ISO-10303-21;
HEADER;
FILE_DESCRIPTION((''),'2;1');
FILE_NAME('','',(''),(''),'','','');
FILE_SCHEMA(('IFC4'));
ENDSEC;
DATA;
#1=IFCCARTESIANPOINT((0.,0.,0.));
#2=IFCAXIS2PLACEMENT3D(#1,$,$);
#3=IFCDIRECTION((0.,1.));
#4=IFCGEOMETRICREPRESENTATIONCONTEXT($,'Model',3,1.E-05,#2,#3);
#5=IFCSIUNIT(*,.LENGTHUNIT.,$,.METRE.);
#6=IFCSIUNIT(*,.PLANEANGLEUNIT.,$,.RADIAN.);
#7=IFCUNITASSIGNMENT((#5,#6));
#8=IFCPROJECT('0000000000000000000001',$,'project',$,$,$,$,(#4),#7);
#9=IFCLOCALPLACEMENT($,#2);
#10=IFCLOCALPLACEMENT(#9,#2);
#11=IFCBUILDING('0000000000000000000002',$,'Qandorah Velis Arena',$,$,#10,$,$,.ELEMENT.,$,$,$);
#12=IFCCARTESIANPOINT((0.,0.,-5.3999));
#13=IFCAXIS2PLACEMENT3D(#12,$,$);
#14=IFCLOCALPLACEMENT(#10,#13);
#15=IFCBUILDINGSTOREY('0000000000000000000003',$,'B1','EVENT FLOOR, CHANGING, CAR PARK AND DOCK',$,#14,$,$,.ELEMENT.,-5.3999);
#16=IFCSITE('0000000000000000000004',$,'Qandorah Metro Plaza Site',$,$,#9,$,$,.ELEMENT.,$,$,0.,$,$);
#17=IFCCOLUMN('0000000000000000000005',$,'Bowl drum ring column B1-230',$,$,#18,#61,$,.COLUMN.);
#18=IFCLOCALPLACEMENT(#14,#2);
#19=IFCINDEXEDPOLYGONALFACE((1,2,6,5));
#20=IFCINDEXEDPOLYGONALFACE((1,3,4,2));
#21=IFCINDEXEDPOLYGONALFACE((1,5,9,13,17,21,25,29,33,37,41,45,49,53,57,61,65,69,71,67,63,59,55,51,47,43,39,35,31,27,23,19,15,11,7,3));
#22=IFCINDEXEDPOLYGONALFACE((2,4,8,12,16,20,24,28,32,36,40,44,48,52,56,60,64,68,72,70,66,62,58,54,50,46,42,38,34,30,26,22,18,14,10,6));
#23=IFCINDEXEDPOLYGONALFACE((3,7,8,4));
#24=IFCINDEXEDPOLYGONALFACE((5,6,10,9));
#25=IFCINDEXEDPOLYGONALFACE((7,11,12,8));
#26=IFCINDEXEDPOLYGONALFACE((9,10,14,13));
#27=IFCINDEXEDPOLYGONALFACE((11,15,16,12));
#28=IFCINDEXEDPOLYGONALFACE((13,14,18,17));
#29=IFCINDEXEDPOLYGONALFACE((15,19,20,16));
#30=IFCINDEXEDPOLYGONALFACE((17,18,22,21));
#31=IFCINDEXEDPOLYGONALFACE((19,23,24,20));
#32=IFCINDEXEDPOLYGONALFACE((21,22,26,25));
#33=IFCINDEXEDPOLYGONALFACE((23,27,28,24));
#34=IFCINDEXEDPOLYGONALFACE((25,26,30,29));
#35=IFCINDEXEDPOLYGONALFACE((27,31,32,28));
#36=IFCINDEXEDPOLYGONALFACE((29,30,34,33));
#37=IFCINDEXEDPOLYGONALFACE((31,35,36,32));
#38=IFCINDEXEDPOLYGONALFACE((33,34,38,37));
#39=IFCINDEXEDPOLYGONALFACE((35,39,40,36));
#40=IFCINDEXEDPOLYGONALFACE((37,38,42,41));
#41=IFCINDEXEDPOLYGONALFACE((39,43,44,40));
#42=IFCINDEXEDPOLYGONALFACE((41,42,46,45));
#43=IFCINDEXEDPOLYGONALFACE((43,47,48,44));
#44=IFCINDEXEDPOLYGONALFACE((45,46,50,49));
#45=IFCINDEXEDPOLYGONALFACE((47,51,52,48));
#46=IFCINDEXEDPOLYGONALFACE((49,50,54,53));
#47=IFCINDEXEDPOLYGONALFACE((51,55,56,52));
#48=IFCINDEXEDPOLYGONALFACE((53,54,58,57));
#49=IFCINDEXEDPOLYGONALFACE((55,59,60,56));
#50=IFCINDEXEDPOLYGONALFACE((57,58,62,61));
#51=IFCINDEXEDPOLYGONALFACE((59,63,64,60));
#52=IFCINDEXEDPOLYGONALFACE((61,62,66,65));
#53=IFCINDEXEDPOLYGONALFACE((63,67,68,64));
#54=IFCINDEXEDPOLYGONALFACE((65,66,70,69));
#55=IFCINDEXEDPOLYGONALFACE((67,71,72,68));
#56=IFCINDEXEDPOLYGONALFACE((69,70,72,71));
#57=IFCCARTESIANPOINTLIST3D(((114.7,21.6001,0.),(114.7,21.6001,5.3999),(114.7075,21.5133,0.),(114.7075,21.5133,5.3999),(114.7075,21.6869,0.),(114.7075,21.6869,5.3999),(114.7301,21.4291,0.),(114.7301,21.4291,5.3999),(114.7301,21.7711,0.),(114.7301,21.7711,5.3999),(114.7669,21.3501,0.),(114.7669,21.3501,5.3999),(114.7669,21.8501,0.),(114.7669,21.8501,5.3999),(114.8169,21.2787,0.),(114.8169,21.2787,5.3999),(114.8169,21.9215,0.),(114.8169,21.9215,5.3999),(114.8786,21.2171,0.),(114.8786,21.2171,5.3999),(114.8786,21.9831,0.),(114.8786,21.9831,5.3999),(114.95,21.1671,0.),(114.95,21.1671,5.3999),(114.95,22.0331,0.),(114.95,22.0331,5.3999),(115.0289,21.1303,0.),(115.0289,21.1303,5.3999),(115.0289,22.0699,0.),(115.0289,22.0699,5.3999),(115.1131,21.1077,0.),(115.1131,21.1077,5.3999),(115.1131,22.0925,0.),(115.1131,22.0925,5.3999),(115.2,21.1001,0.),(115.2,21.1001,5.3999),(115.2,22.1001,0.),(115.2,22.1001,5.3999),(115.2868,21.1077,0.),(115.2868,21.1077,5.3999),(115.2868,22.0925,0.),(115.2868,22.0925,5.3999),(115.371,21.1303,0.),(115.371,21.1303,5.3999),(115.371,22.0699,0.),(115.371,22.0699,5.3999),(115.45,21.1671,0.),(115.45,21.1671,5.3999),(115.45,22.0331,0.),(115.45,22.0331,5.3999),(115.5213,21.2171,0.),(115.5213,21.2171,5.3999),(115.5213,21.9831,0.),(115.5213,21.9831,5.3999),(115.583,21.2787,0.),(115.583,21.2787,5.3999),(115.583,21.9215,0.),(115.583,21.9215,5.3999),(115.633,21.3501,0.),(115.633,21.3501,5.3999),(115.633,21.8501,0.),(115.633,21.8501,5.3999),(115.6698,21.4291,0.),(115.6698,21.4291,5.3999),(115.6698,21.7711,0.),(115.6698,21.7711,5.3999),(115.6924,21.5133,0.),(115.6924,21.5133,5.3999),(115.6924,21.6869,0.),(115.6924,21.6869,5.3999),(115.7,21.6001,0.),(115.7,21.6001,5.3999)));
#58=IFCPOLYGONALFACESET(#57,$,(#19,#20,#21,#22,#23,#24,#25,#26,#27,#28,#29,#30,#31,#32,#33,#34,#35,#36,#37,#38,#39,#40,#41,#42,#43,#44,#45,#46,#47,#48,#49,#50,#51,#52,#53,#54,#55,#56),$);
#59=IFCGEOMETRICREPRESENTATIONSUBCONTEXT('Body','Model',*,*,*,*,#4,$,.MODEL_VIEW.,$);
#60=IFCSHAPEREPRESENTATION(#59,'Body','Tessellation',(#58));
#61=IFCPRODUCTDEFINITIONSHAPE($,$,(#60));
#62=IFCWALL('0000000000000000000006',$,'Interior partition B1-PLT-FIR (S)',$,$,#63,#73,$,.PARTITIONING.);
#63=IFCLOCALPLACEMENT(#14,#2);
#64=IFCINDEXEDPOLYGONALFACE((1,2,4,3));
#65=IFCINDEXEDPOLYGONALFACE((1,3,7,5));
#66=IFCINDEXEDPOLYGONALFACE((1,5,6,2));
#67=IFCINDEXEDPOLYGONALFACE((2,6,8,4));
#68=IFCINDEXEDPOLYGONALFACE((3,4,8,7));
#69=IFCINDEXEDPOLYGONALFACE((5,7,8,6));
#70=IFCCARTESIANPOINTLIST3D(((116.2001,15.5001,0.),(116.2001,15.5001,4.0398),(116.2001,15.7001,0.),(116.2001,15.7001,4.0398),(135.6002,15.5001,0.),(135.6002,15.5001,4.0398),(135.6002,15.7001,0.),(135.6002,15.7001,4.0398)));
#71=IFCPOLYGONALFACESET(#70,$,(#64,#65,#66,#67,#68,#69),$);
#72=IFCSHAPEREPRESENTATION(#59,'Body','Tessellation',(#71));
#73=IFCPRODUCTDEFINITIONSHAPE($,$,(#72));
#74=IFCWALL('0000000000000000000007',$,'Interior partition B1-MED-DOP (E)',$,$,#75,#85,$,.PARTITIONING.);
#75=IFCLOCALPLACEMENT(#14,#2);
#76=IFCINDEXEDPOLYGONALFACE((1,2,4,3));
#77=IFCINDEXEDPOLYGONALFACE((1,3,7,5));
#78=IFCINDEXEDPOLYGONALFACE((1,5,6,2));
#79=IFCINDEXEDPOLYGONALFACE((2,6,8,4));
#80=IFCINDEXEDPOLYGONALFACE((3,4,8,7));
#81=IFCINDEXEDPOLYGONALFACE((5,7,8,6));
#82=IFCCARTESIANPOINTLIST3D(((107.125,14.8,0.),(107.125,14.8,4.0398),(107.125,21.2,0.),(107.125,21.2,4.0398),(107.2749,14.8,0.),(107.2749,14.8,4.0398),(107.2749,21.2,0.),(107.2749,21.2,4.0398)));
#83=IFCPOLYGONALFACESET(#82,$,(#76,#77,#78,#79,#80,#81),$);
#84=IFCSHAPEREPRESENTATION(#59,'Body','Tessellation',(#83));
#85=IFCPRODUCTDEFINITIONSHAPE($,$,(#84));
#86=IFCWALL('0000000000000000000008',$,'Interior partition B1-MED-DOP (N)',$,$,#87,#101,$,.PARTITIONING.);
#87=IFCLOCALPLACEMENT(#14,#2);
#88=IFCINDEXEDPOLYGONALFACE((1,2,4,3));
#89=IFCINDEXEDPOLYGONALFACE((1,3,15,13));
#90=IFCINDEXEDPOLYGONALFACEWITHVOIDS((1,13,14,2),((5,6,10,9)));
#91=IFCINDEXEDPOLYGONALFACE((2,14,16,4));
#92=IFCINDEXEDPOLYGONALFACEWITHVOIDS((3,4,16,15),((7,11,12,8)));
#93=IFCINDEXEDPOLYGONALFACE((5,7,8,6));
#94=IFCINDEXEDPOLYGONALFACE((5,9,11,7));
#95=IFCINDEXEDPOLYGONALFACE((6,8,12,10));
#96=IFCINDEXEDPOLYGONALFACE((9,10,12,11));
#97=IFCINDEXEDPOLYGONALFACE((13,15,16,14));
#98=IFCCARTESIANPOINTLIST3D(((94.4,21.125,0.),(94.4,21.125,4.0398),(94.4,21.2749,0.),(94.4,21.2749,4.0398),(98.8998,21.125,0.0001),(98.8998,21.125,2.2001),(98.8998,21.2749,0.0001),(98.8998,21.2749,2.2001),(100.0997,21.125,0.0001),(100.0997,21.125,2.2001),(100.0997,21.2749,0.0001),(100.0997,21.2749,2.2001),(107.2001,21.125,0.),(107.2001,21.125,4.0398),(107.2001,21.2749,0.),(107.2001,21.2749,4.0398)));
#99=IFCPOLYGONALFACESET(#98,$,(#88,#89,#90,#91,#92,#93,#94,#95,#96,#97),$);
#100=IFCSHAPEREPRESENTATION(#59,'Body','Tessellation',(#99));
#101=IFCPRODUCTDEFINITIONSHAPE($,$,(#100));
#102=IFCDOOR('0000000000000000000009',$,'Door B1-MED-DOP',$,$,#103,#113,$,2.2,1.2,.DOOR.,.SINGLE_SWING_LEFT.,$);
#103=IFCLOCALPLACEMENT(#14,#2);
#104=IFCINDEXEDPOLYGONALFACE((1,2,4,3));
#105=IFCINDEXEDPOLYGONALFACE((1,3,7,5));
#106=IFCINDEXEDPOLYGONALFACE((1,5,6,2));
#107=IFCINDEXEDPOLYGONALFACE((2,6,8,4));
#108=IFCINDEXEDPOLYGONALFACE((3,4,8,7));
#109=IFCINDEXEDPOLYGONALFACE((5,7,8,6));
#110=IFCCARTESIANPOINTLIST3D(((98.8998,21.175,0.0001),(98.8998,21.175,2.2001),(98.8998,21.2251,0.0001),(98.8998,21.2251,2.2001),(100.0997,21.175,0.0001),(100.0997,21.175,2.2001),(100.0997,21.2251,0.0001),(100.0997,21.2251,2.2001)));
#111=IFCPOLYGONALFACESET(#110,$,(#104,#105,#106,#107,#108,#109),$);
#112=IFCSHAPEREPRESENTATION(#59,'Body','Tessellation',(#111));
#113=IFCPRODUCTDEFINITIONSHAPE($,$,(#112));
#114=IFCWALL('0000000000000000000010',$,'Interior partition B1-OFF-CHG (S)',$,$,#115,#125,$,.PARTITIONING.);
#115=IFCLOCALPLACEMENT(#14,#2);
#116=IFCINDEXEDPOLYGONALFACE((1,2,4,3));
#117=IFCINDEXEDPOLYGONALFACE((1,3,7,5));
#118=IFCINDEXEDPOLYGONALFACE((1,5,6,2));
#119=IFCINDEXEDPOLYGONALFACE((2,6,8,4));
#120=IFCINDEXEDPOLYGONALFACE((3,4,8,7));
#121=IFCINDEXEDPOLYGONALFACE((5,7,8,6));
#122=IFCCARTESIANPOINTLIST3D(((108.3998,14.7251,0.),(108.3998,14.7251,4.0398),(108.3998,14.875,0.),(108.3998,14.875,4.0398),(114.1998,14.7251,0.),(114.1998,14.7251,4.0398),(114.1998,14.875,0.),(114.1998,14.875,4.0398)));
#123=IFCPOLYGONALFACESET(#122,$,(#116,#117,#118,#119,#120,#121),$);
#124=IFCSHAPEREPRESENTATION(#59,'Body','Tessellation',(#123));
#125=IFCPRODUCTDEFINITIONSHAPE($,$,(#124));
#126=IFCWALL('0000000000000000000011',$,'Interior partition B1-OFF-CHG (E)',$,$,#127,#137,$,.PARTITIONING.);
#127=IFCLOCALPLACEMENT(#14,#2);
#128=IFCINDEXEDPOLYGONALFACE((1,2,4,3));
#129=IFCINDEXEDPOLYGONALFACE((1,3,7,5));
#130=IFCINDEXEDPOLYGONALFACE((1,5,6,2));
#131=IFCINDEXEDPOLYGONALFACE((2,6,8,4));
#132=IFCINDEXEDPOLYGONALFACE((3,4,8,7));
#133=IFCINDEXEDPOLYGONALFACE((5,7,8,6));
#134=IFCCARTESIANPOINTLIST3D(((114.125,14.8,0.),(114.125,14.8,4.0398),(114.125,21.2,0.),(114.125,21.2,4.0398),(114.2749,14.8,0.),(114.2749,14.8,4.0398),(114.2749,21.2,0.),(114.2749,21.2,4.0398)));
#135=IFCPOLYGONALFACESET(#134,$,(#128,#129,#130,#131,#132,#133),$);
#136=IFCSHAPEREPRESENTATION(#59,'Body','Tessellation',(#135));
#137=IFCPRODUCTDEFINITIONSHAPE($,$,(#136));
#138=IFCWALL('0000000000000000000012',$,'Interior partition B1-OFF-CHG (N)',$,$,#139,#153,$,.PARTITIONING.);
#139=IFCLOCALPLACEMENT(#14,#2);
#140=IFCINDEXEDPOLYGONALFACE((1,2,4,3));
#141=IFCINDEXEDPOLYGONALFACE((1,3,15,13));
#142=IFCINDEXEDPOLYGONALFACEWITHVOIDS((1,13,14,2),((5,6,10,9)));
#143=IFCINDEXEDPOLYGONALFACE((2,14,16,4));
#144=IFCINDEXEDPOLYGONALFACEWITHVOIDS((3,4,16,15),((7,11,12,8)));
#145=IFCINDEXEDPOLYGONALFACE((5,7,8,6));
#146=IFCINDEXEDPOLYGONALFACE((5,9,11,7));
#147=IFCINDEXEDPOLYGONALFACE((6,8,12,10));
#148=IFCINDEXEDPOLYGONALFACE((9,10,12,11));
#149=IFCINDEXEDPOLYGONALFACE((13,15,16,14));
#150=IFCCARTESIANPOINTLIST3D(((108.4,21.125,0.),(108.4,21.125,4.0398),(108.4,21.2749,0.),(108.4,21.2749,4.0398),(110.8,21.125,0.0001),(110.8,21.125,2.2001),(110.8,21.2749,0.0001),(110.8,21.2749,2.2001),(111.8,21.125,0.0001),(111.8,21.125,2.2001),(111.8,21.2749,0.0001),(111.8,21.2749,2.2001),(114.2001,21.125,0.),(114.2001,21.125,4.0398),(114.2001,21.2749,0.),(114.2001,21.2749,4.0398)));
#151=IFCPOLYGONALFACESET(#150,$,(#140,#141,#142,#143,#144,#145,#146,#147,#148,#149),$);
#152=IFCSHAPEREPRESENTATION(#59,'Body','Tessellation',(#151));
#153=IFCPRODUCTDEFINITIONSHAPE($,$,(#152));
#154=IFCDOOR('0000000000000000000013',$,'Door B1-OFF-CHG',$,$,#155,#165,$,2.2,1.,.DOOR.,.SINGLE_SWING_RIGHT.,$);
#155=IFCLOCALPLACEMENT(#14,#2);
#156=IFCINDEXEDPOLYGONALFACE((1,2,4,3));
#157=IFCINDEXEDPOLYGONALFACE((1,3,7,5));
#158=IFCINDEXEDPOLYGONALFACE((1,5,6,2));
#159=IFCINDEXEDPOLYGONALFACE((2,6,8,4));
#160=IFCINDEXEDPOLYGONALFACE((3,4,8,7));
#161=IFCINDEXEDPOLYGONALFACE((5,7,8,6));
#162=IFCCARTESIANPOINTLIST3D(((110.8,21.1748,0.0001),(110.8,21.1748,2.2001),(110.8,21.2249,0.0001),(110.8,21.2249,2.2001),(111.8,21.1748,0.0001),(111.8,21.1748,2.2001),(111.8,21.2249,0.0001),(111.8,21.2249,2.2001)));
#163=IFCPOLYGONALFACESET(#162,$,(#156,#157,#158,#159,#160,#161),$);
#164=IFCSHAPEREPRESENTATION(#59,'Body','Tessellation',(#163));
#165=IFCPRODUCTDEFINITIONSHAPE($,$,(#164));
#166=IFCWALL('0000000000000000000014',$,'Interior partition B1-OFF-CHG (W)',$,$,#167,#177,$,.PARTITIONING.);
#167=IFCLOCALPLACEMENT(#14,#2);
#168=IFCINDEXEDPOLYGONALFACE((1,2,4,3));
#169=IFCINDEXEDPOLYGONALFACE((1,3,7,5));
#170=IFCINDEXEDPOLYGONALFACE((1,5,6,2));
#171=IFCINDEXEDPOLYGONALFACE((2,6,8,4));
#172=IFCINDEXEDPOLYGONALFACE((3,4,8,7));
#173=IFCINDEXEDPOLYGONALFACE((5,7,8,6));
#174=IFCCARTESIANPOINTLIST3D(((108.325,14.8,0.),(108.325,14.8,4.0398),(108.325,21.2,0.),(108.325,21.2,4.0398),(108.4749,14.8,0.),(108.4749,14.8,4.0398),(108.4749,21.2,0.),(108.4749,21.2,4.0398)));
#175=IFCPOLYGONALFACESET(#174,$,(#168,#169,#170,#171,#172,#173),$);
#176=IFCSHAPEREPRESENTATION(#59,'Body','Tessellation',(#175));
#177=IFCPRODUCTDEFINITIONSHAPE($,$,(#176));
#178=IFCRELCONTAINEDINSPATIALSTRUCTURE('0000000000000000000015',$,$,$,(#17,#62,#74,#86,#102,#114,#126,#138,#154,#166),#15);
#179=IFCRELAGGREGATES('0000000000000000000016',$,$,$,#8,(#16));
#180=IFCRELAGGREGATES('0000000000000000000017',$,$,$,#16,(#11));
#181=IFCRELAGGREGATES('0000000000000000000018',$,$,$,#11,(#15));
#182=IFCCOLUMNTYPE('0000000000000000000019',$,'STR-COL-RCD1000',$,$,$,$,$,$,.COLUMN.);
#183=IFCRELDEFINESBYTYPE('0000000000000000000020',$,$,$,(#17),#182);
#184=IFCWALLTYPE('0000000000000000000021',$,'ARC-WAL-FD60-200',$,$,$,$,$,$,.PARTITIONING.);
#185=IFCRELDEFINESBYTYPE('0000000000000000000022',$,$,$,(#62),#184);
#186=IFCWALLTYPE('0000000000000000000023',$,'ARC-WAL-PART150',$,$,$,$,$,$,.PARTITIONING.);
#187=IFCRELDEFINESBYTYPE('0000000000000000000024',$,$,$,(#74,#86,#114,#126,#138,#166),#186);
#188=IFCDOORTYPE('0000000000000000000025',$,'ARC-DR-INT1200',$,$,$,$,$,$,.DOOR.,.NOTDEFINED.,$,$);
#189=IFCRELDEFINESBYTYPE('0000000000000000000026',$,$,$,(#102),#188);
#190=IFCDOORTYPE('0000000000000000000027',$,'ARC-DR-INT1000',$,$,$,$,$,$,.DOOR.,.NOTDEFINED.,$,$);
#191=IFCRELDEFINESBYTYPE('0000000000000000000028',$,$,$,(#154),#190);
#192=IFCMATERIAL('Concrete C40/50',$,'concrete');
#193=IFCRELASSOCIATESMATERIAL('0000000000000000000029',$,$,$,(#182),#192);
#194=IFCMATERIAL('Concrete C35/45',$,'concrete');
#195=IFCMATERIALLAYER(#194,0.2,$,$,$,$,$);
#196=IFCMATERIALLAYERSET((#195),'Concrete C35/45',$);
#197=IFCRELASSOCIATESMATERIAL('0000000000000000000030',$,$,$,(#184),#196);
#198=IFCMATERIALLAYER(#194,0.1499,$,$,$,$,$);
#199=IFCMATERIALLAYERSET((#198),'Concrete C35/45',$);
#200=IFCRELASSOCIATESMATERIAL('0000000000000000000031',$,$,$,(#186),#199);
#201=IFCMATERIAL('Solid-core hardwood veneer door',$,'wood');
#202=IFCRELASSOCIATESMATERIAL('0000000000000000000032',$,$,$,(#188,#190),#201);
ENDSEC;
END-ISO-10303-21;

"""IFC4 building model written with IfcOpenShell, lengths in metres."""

from ifc_helpers import new_model, si_unit, direction, frame, frame_2d, origin, origin_2d, place, context, subcontext, project, spatial, rectangle, circle, extrude, material, layer, layer_set, material_profile, profile_set, type_object, element, fill, save


model = new_model("IFC4")

# Units and contexts
model_context = context("Model", 3, precision=1e-05, world=origin(), true_north=direction((0.0, 1.0)))
body_context = subcontext(model_context, "Body", "Model", "MODEL_VIEW")
ifc_project = project(units=[si_unit("LENGTHUNIT", "METRE"), si_unit("PLANEANGLEUNIT", "RADIAN")], contexts=[model_context])

# Site, building, storey
site_placement = place(None, origin())
site = spatial("IfcSite", under=ifc_project, at=site_placement, Name="Qandorah Metro Plaza Site", CompositionType="ELEMENT", RefElevation=0.0)
building_placement = place(site_placement, origin())
building = spatial("IfcBuilding", under=site, at=building_placement, Name="Qandorah Velis Arena", CompositionType="ELEMENT")
storey_placement = place(building_placement, frame((0.0, 0.0, -5.3999)))
storey = spatial("IfcBuildingStorey", under=building, at=storey_placement, Name="B1", Description="EVENT FLOOR, CHANGING, CAR PARK AND DOCK", CompositionType="ELEMENT", Elevation=-5.3999)

# Shared definitions
ifc_material_1 = material(Name="Concrete C40/50", Category="concrete")

# Column
ifc_material_profile_1 = material_profile(ifc_material_1, circle(Radius=0.5, at=origin_2d()), Name="RC D1000")
ifc_profile_set_1 = profile_set([ifc_material_profile_1], Name="Concrete C40/50")
column_type_1 = type_object("IfcColumnType", Name="STR-COL-RCD1000", PredefinedType="COLUMN", material=ifc_profile_set_1)
for number, where, z_axis, x_axis, name in (
    (1, (115.2, 21.6001, 0.0), (0.0, 0.0, 1.0), (1.0, 0.0, 0.0), "Bowl drum ring column B1-230"),
):
    element("IfcColumn", number, at=place(storey_placement, frame(where, z_axis=z_axis, x_axis=x_axis)), inside=storey, type_object=column_type_1, Name=name, PredefinedType="COLUMN", context=body_context, shape_type="SweptSolid", body=[
        extrude(circle(Radius=0.5, at=origin_2d()), origin(), (0.0, 0.0, 1.0), 5.3999),
    ])

# Walls
ifc_material_2 = material(Name="Concrete C35/45", Category="concrete")
ifc_layer_1 = layer(ifc_material_2, 0.2)
ifc_layer_set_1 = layer_set([ifc_layer_1], Name="Concrete C35/45")
wall_type_1 = type_object("IfcWallType", Name="ARC-WAL-FD60-200", PredefinedType="PARTITIONING", material=ifc_layer_set_1)
wall_1_placement = place(storey_placement, frame((116.2, 15.6001, 0.0), z_axis=(0.0, 0.0, 1.0), x_axis=(1.0, 0.0, 0.0)))
element("IfcWall", 2, at=wall_1_placement, inside=storey, type_object=wall_type_1, Name="Interior partition B1-PLT-FIR (S)", PredefinedType="PARTITIONING", context=body_context, shape_type="SweptSolid", body=[
    extrude(rectangle(XDim=19.4001, YDim=0.2, at=frame_2d((9.7002, 0.0))), origin(), (0.0, 0.0, 1.0), 4.0398),
])
ifc_layer_2 = layer(ifc_material_2, 0.1499)
ifc_layer_set_2 = layer_set([ifc_layer_2], Name="Concrete C35/45")
wall_type_2 = type_object("IfcWallType", Name="ARC-WAL-PART150", PredefinedType="PARTITIONING", material=ifc_layer_set_2)
wall_2_placement = place(storey_placement, frame((107.2, 14.8, 0.0), z_axis=(0.0, 0.0, 1.0), x_axis=(0.0, 1.0, 0.0)))
element("IfcWall", 3, at=wall_2_placement, inside=storey, type_object=wall_type_2, Name="Interior partition B1-MED-DOP (E)", PredefinedType="PARTITIONING", context=body_context, shape_type="SweptSolid", body=[
    extrude(rectangle(XDim=6.3999, YDim=0.1499, at=frame_2d((3.2, 0.0))), origin(), (0.0, 0.0, 1.0), 4.0398),
])

# Wall, opening, door
wall_3_placement = place(storey_placement, frame((107.2, 21.2, 0.0), z_axis=(0.0, 0.0, 1.0), x_axis=(-1.0, 0.0, 0.0)))
wall_3 = element("IfcWall", 4, at=wall_3_placement, inside=storey, type_object=wall_type_2, Name="Interior partition B1-MED-DOP (N)", PredefinedType="PARTITIONING", context=body_context, shape_type="SweptSolid", body=[
    extrude(rectangle(XDim=12.8, YDim=0.1499, at=frame_2d((6.3999, 0.0))), origin(), (0.0, 0.0, 1.0), 4.0398),
])
opening_1_placement = place(wall_3_placement, frame((7.1001, 0.0, 0.0)))
opening_1 = element("IfcOpeningElement", 5, at=opening_1_placement, cuts=wall_3, PredefinedType="OPENING", context=body_context, shape_type="SweptSolid", body=[
    extrude(rectangle(XDim=1.2, YDim=2.2, at=frame_2d((0.6001, 1.1001))), frame((0.0, 0.085, 0.0), z_axis=(0.0, -1.0, 0.0), x_axis=(1.0, 0.0, 0.0)), (0.0, 0.0, 1.0), 0.1699),
])
ifc_material_3 = material(Name="Solid-core hardwood veneer door", Category="wood")
door_type_1 = type_object("IfcDoorType", Name="ARC-DR-INT1200", OperationType="NOTDEFINED", PredefinedType="DOOR", material=ifc_material_3)
door_1_placement = place(opening_1_placement, origin())
door_1 = element("IfcDoor", 6, at=door_1_placement, inside=storey, type_object=door_type_1, Name="Door B1-MED-DOP", OperationType="SINGLE_SWING_LEFT", OverallHeight=2.2, OverallWidth=1.2, PredefinedType="DOOR", context=body_context, shape_type="SweptSolid", body=[
    extrude(rectangle(XDim=1.2, YDim=2.2, at=frame_2d((0.6001, 1.1001))), frame((0.0, 0.0249, 0.0), z_axis=(0.0, -1.0, 0.0), x_axis=(1.0, 0.0, 0.0)), (0.0, 0.0, 1.0), 0.05),
])
fill(opening_1, door_1)

# Walls
wall_4_placement = place(storey_placement, frame((108.3999, 14.8, 0.0), z_axis=(0.0, 0.0, 1.0), x_axis=(1.0, 0.0, 0.0)))
element("IfcWall", 7, at=wall_4_placement, inside=storey, type_object=wall_type_2, Name="Interior partition B1-OFF-CHG (S)", PredefinedType="PARTITIONING", context=body_context, shape_type="SweptSolid", body=[
    extrude(rectangle(XDim=5.8, YDim=0.1499, at=frame_2d((2.8999, 0.0))), origin(), (0.0, 0.0, 1.0), 4.0398),
])
wall_5_placement = place(storey_placement, frame((114.2, 14.8, 0.0), z_axis=(0.0, 0.0, 1.0), x_axis=(0.0, 1.0, 0.0)))
element("IfcWall", 8, at=wall_5_placement, inside=storey, type_object=wall_type_2, Name="Interior partition B1-OFF-CHG (E)", PredefinedType="PARTITIONING", context=body_context, shape_type="SweptSolid", body=[
    extrude(rectangle(XDim=6.3999, YDim=0.1499, at=frame_2d((3.2, 0.0))), origin(), (0.0, 0.0, 1.0), 4.0398),
])

# Wall, opening, door
wall_6_placement = place(storey_placement, frame((114.2, 21.2, 0.0), z_axis=(0.0, 0.0, 1.0), x_axis=(-1.0, 0.0, 0.0)))
wall_6 = element("IfcWall", 9, at=wall_6_placement, inside=storey, type_object=wall_type_2, Name="Interior partition B1-OFF-CHG (N)", PredefinedType="PARTITIONING", context=body_context, shape_type="SweptSolid", body=[
    extrude(rectangle(XDim=5.8, YDim=0.1499, at=frame_2d((2.8999, 0.0))), origin(), (0.0, 0.0, 1.0), 4.0398),
])
opening_2_placement = place(wall_6_placement, frame((2.3999, 0.0, 0.0)))
opening_2 = element("IfcOpeningElement", 10, at=opening_2_placement, cuts=wall_6, PredefinedType="OPENING", context=body_context, shape_type="SweptSolid", body=[
    extrude(rectangle(XDim=1.0, YDim=2.2, at=frame_2d((0.5, 1.1001))), frame((0.0, 0.085, 0.0), z_axis=(0.0, -1.0, 0.0), x_axis=(1.0, 0.0, 0.0)), (0.0, 0.0, 1.0), 0.1699),
])
door_type_2 = type_object("IfcDoorType", Name="ARC-DR-INT1000", OperationType="NOTDEFINED", PredefinedType="DOOR", material=ifc_material_3)
door_2_placement = place(opening_2_placement, frame((1.0, 0.0, 0.0), z_axis=(0.0, 0.0, 1.0), x_axis=(-1.0, 0.0, 0.0)))
door_2 = element("IfcDoor", 11, at=door_2_placement, inside=storey, type_object=door_type_2, Name="Door B1-OFF-CHG", OperationType="SINGLE_SWING_RIGHT", OverallHeight=2.2, OverallWidth=1.0, PredefinedType="DOOR", context=body_context, shape_type="SweptSolid", body=[
    extrude(rectangle(XDim=1.0, YDim=2.2, at=frame_2d((0.5, 1.1001))), frame((0.0, 0.0249, 0.0), z_axis=(0.0, -1.0, 0.0), x_axis=(1.0, 0.0, 0.0)), (0.0, 0.0, 1.0), 0.05),
])
fill(opening_2, door_2)

# Wall
wall_7_placement = place(storey_placement, frame((108.3999, 21.2, 0.0), z_axis=(0.0, 0.0, 1.0), x_axis=(0.0, -1.0, 0.0)))
element("IfcWall", 12, at=wall_7_placement, inside=storey, type_object=wall_type_2, Name="Interior partition B1-OFF-CHG (W)", PredefinedType="PARTITIONING", context=body_context, shape_type="SweptSolid", body=[
    extrude(rectangle(XDim=6.3999, YDim=0.1499, at=frame_2d((3.2, 0.0))), origin(), (0.0, 0.0, 1.0), 4.0398),
])

save(model, "model.ifc")
